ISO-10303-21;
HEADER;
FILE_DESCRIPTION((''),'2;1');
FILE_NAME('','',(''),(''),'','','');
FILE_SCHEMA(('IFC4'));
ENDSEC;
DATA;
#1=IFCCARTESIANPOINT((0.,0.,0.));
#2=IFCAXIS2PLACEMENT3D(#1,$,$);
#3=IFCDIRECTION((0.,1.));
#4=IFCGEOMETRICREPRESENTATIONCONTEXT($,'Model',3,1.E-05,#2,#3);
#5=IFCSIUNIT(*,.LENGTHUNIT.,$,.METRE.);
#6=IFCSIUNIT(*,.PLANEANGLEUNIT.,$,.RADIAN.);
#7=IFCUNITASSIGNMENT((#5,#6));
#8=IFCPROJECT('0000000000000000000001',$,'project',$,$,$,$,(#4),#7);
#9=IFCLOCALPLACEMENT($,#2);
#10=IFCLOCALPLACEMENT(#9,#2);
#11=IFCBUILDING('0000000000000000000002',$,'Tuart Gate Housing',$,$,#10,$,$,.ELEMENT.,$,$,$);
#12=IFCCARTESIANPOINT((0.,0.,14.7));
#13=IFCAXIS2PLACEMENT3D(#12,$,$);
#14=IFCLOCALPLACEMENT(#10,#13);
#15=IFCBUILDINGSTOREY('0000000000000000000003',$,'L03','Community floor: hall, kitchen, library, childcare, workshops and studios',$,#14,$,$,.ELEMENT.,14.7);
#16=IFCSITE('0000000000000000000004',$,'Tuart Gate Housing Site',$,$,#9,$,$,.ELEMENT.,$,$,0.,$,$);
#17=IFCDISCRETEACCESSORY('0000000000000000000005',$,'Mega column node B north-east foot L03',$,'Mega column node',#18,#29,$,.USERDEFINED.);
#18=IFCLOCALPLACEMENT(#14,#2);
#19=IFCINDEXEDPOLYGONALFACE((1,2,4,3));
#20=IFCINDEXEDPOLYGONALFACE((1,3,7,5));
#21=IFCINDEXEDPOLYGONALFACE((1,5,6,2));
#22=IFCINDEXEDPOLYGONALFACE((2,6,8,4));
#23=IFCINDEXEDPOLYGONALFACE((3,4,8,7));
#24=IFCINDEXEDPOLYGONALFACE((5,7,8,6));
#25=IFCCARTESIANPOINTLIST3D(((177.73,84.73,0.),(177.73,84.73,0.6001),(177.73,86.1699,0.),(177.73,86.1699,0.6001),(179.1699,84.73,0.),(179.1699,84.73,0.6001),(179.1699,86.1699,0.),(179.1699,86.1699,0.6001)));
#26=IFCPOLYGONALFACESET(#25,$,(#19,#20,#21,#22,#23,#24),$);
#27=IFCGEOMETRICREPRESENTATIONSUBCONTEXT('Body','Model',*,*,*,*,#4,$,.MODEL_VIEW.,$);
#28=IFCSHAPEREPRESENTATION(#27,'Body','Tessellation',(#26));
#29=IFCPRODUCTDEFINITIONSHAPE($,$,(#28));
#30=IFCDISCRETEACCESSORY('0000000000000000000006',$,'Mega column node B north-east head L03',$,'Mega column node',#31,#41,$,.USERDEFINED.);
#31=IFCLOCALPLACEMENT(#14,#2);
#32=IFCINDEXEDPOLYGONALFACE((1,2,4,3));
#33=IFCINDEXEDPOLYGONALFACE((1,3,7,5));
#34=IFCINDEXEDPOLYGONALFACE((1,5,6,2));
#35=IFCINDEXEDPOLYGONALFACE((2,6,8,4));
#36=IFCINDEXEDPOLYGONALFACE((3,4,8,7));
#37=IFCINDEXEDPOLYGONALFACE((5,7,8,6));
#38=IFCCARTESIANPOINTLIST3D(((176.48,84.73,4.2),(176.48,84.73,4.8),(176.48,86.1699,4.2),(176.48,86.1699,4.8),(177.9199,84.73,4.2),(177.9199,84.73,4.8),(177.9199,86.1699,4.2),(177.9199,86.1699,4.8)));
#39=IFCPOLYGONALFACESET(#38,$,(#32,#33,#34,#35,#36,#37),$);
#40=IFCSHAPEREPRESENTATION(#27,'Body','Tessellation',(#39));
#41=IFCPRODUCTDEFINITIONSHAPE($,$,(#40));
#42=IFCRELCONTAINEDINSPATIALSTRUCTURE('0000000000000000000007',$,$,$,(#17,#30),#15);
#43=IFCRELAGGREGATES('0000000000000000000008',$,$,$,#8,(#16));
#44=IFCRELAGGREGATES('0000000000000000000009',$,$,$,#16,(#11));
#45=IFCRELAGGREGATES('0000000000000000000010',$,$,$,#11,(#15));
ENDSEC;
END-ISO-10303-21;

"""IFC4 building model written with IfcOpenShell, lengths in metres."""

from ifc_helpers import new_model, si_unit, direction, frame, origin, origin_2d, place, context, subcontext, project, spatial, rectangle, extrude, element, save


model = new_model("IFC4")

# Units and contexts
model_context = context("Model", 3, precision=1e-05, world=origin(), true_north=direction((0.0, 1.0)))
body_context = subcontext(model_context, "Body", "Model", "MODEL_VIEW")
ifc_project = project(units=[si_unit("LENGTHUNIT", "METRE"), si_unit("PLANEANGLEUNIT", "RADIAN")], contexts=[model_context])

# Site, building, storey
site_placement = place(None, origin())
site = spatial("IfcSite", under=ifc_project, at=site_placement, Name="Tuart Gate Housing Site", CompositionType="ELEMENT", RefElevation=0.0)
building_placement = place(site_placement, origin())
building = spatial("IfcBuilding", under=site, at=building_placement, Name="Tuart Gate Housing", CompositionType="ELEMENT")
storey_placement = place(building_placement, frame((0.0, 0.0, 14.7)))
storey = spatial("IfcBuildingStorey", under=building, at=storey_placement, Name="L03", Description="Community floor: hall, kitchen, library, childcare, workshops and studios", CompositionType="ELEMENT", Elevation=14.7)

# Discrete accessories
for number, where, z_axis, x_axis, name in (
    (1, (178.45, 85.45, 0.0), (0.0, 0.0, 1.0), (1.0, 0.0, 0.0), "Mega column node B north-east foot L03"),
    (2, (177.2, 85.45, 4.2), (0.0, 0.0, 1.0), (1.0, 0.0, 0.0), "Mega column node B north-east head L03"),
):
    element("IfcDiscreteAccessory", number, at=place(storey_placement, frame(where, z_axis=z_axis, x_axis=x_axis)), inside=storey, Name=name, ObjectType="Mega column node", PredefinedType="USERDEFINED", context=body_context, shape_type="SweptSolid", body=[
        extrude(rectangle(XDim=1.4399, YDim=1.4399, at=origin_2d()), origin(), (0.0, 0.0, 1.0), 0.6001),
    ])

save(model, "model.ifc")
